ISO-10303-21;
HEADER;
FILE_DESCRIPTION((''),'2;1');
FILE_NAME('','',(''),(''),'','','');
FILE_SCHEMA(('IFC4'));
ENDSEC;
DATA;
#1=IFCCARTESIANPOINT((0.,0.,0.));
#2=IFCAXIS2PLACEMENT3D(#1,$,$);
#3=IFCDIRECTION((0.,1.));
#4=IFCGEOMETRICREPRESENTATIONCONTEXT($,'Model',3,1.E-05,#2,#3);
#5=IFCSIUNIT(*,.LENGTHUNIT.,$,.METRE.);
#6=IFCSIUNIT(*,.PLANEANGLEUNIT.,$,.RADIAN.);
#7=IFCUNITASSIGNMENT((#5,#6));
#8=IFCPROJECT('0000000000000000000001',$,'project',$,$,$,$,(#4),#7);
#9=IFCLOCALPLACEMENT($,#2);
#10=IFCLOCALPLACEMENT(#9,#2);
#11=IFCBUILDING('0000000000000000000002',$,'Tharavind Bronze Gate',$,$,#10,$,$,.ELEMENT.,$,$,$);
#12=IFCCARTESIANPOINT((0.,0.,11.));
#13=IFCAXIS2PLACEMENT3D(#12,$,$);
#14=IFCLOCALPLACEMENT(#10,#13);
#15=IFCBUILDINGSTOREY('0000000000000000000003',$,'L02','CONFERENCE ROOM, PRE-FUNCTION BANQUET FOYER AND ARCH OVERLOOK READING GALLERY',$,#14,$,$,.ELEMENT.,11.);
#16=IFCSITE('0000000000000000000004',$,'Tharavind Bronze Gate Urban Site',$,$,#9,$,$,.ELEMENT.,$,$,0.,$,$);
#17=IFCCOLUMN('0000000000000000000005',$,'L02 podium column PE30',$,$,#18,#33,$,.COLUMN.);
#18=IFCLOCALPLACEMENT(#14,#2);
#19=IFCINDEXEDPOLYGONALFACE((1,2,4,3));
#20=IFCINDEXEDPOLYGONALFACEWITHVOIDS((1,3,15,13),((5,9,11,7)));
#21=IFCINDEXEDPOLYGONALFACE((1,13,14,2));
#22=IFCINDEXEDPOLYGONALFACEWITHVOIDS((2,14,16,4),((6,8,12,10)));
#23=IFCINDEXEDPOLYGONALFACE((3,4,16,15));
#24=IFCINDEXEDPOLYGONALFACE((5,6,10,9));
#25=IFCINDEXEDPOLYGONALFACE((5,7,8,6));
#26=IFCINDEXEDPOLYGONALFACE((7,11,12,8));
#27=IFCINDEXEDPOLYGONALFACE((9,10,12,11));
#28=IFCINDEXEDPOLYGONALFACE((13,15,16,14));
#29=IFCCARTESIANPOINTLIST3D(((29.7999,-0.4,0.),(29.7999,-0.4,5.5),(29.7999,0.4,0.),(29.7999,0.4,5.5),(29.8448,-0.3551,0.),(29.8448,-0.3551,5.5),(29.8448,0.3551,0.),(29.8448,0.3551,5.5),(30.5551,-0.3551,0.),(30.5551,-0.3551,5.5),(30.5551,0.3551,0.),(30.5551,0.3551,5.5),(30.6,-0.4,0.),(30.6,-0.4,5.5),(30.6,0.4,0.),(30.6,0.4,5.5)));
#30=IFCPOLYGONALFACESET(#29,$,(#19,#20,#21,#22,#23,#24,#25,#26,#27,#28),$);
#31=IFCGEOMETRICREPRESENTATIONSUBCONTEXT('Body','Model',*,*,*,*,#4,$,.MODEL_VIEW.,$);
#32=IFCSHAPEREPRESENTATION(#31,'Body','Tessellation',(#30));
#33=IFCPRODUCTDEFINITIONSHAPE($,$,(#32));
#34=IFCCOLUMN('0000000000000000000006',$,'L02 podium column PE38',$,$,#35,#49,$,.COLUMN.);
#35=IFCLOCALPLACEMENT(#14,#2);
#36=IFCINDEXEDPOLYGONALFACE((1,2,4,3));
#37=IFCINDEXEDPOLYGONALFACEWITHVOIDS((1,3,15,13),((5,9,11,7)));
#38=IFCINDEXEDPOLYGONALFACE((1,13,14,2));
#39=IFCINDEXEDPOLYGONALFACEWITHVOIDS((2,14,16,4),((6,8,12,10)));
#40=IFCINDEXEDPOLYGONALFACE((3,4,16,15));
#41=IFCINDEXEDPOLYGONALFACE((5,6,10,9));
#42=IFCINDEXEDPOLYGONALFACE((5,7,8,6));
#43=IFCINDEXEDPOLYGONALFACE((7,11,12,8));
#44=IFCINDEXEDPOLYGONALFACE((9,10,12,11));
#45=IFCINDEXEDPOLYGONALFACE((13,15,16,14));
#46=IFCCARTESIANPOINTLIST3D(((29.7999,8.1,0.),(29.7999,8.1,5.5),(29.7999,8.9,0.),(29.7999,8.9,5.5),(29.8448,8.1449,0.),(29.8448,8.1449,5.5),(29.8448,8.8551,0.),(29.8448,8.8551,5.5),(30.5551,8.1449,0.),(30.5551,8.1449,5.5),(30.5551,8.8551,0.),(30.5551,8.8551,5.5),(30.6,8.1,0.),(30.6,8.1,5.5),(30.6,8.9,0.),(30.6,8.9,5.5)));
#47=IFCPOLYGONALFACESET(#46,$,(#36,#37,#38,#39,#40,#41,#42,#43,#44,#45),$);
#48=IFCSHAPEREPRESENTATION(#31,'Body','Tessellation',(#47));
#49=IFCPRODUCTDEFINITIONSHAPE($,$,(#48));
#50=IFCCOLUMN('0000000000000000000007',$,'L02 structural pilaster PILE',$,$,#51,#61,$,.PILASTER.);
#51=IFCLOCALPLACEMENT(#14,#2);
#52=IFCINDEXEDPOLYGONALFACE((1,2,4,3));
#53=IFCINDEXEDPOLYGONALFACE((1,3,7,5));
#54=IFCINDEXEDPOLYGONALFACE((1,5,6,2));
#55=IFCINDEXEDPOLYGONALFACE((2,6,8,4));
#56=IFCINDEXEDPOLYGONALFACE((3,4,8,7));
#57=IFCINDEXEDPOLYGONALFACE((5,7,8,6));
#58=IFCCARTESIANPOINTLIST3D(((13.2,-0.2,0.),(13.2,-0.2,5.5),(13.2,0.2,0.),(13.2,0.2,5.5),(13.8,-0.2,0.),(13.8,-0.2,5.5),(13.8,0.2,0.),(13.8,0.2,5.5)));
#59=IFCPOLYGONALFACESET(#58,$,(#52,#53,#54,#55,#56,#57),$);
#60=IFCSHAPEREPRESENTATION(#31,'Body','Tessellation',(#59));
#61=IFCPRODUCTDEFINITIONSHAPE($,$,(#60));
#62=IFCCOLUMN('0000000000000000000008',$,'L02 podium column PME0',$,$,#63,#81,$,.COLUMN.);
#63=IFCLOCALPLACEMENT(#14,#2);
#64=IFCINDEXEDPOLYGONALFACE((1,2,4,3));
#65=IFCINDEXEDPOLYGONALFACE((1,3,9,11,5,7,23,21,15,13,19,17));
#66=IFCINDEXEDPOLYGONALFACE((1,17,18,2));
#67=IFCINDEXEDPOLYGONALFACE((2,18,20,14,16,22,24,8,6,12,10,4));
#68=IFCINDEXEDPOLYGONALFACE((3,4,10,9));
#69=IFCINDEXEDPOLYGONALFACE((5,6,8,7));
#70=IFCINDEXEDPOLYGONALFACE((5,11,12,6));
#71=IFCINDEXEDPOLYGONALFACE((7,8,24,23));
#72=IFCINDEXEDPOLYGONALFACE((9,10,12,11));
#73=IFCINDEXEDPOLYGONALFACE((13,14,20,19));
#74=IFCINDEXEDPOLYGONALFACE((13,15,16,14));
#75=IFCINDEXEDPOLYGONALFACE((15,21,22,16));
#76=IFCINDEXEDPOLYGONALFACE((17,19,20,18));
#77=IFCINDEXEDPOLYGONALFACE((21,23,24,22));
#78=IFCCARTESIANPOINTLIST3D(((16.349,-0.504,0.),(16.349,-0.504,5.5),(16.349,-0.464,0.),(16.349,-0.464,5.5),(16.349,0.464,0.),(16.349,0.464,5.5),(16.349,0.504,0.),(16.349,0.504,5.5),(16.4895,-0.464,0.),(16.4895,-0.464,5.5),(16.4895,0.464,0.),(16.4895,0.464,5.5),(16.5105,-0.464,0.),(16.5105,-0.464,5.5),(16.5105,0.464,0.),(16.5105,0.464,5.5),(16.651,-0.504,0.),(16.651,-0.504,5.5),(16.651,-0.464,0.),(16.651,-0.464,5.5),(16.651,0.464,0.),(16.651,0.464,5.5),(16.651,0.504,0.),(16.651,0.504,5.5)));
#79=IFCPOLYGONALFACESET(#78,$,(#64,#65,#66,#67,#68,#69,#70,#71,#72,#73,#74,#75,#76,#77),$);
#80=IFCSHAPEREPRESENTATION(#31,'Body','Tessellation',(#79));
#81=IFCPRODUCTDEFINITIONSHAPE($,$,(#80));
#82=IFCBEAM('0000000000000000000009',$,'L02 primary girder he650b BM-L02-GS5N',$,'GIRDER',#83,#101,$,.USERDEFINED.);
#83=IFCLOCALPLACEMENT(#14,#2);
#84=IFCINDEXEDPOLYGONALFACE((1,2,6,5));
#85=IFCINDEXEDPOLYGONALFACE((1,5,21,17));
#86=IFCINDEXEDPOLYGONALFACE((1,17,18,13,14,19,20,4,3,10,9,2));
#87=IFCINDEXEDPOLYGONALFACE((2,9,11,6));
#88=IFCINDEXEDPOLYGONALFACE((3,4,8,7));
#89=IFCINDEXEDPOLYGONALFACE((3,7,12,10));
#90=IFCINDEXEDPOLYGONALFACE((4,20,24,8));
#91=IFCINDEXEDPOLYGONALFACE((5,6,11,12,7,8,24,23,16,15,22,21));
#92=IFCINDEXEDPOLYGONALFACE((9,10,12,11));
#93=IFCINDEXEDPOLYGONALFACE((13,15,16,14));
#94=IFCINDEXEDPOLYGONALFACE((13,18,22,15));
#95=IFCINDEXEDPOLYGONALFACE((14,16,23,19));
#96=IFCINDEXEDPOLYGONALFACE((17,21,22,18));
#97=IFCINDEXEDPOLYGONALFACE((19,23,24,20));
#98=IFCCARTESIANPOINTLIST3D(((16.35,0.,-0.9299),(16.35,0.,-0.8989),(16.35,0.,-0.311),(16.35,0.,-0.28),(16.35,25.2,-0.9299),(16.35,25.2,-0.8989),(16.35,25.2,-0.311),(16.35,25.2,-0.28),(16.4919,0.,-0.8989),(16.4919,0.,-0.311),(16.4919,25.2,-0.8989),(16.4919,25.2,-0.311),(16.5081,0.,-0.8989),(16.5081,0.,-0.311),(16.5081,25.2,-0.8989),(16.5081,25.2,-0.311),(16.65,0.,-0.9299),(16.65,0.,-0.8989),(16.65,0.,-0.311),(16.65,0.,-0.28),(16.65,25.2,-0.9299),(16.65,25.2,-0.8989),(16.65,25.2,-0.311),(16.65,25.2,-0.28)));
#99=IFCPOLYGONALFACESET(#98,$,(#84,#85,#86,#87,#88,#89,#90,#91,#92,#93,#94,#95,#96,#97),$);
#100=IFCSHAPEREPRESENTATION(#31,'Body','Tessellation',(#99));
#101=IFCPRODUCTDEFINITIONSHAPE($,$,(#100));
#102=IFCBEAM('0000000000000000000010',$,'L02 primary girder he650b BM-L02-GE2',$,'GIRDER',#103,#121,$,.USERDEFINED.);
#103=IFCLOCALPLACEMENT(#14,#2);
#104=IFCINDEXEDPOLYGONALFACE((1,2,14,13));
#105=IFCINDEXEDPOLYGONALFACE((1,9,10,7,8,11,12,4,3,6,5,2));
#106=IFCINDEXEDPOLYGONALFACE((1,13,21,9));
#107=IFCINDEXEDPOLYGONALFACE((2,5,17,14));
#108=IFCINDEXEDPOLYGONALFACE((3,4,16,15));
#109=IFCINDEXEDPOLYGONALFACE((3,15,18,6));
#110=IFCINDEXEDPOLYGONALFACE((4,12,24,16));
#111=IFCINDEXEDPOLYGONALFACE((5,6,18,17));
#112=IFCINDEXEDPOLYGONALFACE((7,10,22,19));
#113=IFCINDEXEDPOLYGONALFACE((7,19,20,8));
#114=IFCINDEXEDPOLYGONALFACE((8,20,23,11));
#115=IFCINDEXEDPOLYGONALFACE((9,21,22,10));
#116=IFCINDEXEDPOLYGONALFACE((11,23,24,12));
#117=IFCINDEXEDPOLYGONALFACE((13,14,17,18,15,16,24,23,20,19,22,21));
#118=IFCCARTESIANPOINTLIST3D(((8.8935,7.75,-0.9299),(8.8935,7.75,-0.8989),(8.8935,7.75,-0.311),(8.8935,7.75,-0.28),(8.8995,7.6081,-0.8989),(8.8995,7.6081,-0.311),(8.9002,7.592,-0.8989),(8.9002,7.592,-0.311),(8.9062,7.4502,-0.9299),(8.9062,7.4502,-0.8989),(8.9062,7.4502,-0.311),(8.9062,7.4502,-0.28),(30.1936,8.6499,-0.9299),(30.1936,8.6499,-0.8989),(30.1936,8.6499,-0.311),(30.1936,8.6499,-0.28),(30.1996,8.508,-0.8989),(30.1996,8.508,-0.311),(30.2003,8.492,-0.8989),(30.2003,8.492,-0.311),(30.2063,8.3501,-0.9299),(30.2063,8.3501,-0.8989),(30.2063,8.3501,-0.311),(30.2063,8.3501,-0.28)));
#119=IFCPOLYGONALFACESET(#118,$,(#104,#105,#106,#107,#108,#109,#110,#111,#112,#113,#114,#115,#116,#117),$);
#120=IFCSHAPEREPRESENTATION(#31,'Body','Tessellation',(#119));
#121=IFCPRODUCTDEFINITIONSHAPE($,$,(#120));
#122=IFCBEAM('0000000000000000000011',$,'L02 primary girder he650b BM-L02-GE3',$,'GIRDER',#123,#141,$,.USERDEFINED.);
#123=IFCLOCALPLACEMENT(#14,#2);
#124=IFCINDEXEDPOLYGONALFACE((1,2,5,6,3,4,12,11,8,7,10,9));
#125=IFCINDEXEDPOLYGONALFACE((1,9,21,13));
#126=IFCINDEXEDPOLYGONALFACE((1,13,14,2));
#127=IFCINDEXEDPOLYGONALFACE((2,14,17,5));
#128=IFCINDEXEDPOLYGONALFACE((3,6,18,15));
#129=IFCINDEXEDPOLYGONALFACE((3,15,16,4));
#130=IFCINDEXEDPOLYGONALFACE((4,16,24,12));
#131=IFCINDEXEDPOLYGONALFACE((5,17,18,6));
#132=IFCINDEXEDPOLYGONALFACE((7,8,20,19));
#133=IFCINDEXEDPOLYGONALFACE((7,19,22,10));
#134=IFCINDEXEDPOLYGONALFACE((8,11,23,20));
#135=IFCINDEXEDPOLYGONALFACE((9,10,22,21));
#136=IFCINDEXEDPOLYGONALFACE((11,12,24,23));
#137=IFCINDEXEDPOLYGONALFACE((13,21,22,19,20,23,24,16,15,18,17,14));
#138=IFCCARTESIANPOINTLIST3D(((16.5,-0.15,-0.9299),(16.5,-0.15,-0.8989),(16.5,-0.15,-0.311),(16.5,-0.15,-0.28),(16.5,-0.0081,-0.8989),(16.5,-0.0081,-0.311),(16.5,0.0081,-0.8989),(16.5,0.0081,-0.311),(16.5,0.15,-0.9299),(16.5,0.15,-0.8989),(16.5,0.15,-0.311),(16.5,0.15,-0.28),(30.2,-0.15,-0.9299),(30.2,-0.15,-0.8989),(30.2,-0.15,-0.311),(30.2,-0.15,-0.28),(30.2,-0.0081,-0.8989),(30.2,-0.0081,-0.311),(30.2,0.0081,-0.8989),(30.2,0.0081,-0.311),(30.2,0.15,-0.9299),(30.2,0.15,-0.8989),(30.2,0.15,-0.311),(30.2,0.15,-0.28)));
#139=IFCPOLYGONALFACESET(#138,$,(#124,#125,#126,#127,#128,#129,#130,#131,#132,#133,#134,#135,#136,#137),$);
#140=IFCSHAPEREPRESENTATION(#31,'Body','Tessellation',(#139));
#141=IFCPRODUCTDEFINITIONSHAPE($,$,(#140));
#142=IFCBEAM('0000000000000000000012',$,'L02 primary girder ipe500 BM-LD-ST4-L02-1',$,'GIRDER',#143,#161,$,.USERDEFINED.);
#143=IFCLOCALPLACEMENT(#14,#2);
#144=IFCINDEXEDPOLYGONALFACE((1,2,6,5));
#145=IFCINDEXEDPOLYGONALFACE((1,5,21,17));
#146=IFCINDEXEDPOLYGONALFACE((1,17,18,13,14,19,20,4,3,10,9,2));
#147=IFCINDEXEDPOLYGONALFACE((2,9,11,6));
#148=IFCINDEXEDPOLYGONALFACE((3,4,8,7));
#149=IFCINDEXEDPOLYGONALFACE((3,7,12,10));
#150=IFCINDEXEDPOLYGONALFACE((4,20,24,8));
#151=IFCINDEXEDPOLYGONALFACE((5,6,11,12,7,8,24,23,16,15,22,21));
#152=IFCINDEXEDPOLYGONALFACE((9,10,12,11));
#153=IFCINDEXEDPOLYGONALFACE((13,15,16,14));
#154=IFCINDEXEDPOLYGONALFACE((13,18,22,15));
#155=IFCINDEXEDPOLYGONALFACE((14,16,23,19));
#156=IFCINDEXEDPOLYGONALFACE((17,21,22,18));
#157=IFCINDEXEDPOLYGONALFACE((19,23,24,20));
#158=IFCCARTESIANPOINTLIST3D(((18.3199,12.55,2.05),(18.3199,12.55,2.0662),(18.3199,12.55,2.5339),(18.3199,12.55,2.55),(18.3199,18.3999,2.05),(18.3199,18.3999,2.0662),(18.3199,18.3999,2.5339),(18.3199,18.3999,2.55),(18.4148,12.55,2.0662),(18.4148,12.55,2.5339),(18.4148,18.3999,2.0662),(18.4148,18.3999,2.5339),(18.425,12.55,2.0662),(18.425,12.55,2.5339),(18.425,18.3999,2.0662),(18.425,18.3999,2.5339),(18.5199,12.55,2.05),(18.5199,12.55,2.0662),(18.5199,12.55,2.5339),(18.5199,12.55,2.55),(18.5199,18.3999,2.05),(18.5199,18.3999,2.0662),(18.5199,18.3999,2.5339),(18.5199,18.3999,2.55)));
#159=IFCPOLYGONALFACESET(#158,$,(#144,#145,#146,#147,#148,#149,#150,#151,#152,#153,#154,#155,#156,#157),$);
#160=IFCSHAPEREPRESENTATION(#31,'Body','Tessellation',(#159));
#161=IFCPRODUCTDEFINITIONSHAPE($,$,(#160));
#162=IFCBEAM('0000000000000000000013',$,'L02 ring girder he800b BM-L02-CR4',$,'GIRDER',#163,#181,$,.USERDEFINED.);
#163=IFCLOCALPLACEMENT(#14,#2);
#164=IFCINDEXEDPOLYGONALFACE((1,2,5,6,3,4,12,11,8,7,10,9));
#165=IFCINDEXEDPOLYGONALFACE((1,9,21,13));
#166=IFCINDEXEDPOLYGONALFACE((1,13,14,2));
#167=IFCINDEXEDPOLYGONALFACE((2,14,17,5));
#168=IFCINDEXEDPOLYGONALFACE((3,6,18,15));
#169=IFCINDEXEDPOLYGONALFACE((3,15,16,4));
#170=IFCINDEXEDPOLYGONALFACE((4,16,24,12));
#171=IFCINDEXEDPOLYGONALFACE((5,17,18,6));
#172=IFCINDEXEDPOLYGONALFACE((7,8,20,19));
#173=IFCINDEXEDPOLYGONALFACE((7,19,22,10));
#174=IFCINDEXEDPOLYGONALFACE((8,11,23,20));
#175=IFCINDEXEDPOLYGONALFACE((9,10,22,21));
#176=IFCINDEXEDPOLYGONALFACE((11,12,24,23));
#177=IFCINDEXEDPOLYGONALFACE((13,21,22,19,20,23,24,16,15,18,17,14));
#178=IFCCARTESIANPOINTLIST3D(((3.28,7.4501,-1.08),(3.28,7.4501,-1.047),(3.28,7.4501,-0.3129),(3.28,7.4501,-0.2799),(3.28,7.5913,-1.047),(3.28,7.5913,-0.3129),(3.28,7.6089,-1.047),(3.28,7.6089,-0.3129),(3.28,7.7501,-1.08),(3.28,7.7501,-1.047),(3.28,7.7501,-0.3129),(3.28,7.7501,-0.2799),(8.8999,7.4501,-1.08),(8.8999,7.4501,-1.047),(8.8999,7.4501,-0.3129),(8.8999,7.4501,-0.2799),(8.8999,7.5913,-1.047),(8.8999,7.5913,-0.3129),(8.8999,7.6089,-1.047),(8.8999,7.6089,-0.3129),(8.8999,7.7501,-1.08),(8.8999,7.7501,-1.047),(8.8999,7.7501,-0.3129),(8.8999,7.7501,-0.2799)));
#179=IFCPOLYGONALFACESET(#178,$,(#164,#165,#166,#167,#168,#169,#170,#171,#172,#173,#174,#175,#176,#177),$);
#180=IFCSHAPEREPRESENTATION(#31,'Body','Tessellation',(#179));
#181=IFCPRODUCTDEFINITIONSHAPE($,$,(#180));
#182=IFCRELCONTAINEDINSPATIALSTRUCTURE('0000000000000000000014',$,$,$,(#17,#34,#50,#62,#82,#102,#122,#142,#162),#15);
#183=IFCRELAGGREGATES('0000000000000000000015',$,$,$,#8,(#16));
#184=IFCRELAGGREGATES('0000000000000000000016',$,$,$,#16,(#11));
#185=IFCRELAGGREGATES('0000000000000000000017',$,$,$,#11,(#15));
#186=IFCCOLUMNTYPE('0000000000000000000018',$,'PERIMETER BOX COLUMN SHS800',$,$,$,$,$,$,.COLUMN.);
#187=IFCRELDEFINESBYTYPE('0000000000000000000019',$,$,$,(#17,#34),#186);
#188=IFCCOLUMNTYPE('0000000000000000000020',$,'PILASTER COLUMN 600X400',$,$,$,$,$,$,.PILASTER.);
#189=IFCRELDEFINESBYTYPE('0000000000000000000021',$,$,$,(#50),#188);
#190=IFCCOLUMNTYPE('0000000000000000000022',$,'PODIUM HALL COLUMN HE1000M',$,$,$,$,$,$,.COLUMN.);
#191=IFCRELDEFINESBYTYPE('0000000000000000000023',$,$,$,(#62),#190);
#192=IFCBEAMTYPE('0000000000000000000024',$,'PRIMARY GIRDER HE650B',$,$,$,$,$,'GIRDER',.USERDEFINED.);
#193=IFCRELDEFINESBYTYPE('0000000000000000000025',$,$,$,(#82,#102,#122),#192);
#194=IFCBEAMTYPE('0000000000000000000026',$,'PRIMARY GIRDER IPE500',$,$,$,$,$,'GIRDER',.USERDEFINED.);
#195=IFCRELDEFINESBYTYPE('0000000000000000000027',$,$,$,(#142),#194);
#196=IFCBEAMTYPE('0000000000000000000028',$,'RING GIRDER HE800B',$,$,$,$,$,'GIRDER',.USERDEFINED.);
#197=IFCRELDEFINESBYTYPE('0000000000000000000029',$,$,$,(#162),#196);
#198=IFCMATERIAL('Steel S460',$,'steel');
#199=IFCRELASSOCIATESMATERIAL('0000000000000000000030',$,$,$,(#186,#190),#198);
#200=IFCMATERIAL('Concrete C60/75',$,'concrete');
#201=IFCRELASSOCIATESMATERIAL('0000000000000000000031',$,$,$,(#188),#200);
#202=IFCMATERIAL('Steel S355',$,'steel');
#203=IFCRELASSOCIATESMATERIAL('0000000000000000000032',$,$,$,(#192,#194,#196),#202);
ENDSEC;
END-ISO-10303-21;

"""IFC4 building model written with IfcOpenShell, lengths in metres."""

from ifc_helpers import new_model, si_unit, direction, frame, origin, origin_2d, place, context, subcontext, project, spatial, rectangle, hollow_rectangle, i_section, extrude, material, material_profile, profile_set, type_object, element, save


model = new_model("IFC4")

# Units and contexts
model_context = context("Model", 3, precision=1e-05, world=origin(), true_north=direction((0.0, 1.0)))
body_context = subcontext(model_context, "Body", "Model", "MODEL_VIEW")
ifc_project = project(units=[si_unit("LENGTHUNIT", "METRE"), si_unit("PLANEANGLEUNIT", "RADIAN")], contexts=[model_context])

# Site, building, storey
site_placement = place(None, origin())
site = spatial("IfcSite", under=ifc_project, at=site_placement, Name="Tharavind Bronze Gate Urban Site", CompositionType="ELEMENT", RefElevation=0.0)
building_placement = place(site_placement, origin())
building = spatial("IfcBuilding", under=site, at=building_placement, Name="Tharavind Bronze Gate", CompositionType="ELEMENT")
storey_placement = place(building_placement, frame((0.0, 0.0, 11.0)))
storey = spatial("IfcBuildingStorey", under=building, at=storey_placement, Name="L02", Description="CONFERENCE ROOM, PRE-FUNCTION BANQUET FOYER AND ARCH OVERLOOK READING GALLERY", CompositionType="ELEMENT", Elevation=11.0)

# Columns
ifc_material_1 = material(Name="Steel S460", Category="steel")
ifc_material_profile_1 = material_profile(ifc_material_1, hollow_rectangle(XDim=0.8, YDim=0.8, WallThickness=0.0449, at=origin_2d()), Name="SHS800X45")
ifc_profile_set_1 = profile_set([ifc_material_profile_1], Name="Steel S460")
column_type_1 = type_object("IfcColumnType", Name="PERIMETER BOX COLUMN SHS800", PredefinedType="COLUMN", material=ifc_profile_set_1)
for number, where, z_axis, x_axis, name in (
    (1, (30.2, 0.0, 0.0), (0.0, 0.0, 1.0), (1.0, 0.0, 0.0), "L02 podium column PE30"),
    (2, (30.2, 8.5, 0.0), (0.0, 0.0, 1.0), (1.0, 0.0, 0.0), "L02 podium column PE38"),
):
    element("IfcColumn", number, at=place(storey_placement, frame(where, z_axis=z_axis, x_axis=x_axis)), inside=storey, type_object=column_type_1, Name=name, PredefinedType="COLUMN", context=body_context, shape_type="SweptSolid", body=[
        extrude(hollow_rectangle(XDim=0.8, YDim=0.8, WallThickness=0.0449, at=origin_2d()), origin(), (0.0, 0.0, 1.0), 5.5),
    ])
ifc_material_2 = material(Name="Concrete C60/75", Category="concrete")
ifc_material_profile_2 = material_profile(ifc_material_2, rectangle(XDim=0.6001, YDim=0.3999, at=origin_2d()), Name="RCPIL600X400")
ifc_profile_set_2 = profile_set([ifc_material_profile_2], Name="Concrete C60/75")
column_type_2 = type_object("IfcColumnType", Name="PILASTER COLUMN 600X400", PredefinedType="PILASTER", material=ifc_profile_set_2)
column_1_placement = place(storey_placement, frame((13.5, 0.0, 0.0), z_axis=(0.0, 0.0, 1.0), x_axis=(1.0, 0.0, 0.0)))
element("IfcColumn", 3, at=column_1_placement, inside=storey, type_object=column_type_2, Name="L02 structural pilaster PILE", PredefinedType="PILASTER", context=body_context, shape_type="SweptSolid", body=[
    extrude(rectangle(XDim=0.6001, YDim=0.3999, at=origin_2d()), origin(), (0.0, 0.0, 1.0), 5.5),
])
ifc_material_profile_3 = material_profile(ifc_material_1, i_section(OverallWidth=0.302, OverallDepth=1.0081, WebThickness=0.021, FlangeThickness=0.04, at=origin_2d()), Name="HE1000M")
ifc_profile_set_3 = profile_set([ifc_material_profile_3], Name="Steel S460")
column_type_3 = type_object("IfcColumnType", Name="PODIUM HALL COLUMN HE1000M", PredefinedType="COLUMN", material=ifc_profile_set_3)
column_2_placement = place(storey_placement, frame((16.5, 0.0, 0.0), z_axis=(0.0, 0.0, 1.0), x_axis=(1.0, 0.0, 0.0)))
element("IfcColumn", 4, at=column_2_placement, inside=storey, type_object=column_type_3, Name="L02 podium column PME0", PredefinedType="COLUMN", context=body_context, shape_type="SweptSolid", body=[
    extrude(i_section(OverallWidth=0.302, OverallDepth=1.0081, WebThickness=0.021, FlangeThickness=0.04, at=origin_2d()), origin(), (0.0, 0.0, 1.0), 5.5),
])

# Beams
ifc_material_3 = material(Name="Steel S355", Category="steel")
ifc_material_profile_4 = material_profile(ifc_material_3, i_section(OverallWidth=0.3, OverallDepth=0.6499, WebThickness=0.0161, FlangeThickness=0.031, at=origin_2d()), Name="HE650B")
ifc_profile_set_4 = profile_set([ifc_material_profile_4], Name="Steel S355")
beam_type_1 = type_object("IfcBeamType", Name="PRIMARY GIRDER HE650B", ElementType="GIRDER", PredefinedType="USERDEFINED", material=ifc_profile_set_4)
beam_1_placement = place(storey_placement, frame((16.5, 0.0, -0.605), z_axis=(0.0, 1.0, 0.0), x_axis=(-1.0, 0.0, 0.0)))
element("IfcBeam", 5, at=beam_1_placement, inside=storey, type_object=beam_type_1, Name="L02 primary girder he650b BM-L02-GS5N", ObjectType="GIRDER", PredefinedType="USERDEFINED", context=body_context, shape_type="SweptSolid", body=[
    extrude(i_section(OverallWidth=0.3, OverallDepth=0.6499, WebThickness=0.0161, FlangeThickness=0.031, at=origin_2d()), origin(), (0.0, 0.0, 1.0), 25.2),
])
beam_2_placement = place(storey_placement, frame((30.2, 8.5, -0.605), z_axis=(-0.999109, -0.042211, 0.0), x_axis=(0.042211, -0.999109, 0.0)))
element("IfcBeam", 6, at=beam_2_placement, inside=storey, type_object=beam_type_1, Name="L02 primary girder he650b BM-L02-GE2", ObjectType="GIRDER", PredefinedType="USERDEFINED", context=body_context, shape_type="SweptSolid", body=[
    extrude(i_section(OverallWidth=0.3, OverallDepth=0.6499, WebThickness=0.0161, FlangeThickness=0.031, at=origin_2d()), origin(), (0.0, 0.0, 1.0), 21.3191),
])
beam_3_placement = place(storey_placement, frame((30.2, 0.0, -0.605), z_axis=(-1.0, 0.0, 0.0), x_axis=(0.0, -1.0, 0.0)))
element("IfcBeam", 7, at=beam_3_placement, inside=storey, type_object=beam_type_1, Name="L02 primary girder he650b BM-L02-GE3", ObjectType="GIRDER", PredefinedType="USERDEFINED", context=body_context, shape_type="SweptSolid", body=[
    extrude(i_section(OverallWidth=0.3, OverallDepth=0.6499, WebThickness=0.0161, FlangeThickness=0.031, at=origin_2d()), origin(), (0.0, 0.0, 1.0), 13.7),
])
ifc_material_profile_5 = material_profile(ifc_material_3, i_section(OverallWidth=0.2, OverallDepth=0.5, WebThickness=0.0103, FlangeThickness=0.0161, at=origin_2d()), Name="IPE500")
ifc_profile_set_5 = profile_set([ifc_material_profile_5], Name="Steel S355")
beam_type_2 = type_object("IfcBeamType", Name="PRIMARY GIRDER IPE500", ElementType="GIRDER", PredefinedType="USERDEFINED", material=ifc_profile_set_5)
beam_4_placement = place(storey_placement, frame((18.4199, 12.55, 2.3), z_axis=(0.0, 1.0, 0.0), x_axis=(-1.0, 0.0, 0.0)))
element("IfcBeam", 8, at=beam_4_placement, inside=storey, type_object=beam_type_2, Name="L02 primary girder ipe500 BM-LD-ST4-L02-1", ObjectType="GIRDER", PredefinedType="USERDEFINED", context=body_context, shape_type="SweptSolid", body=[
    extrude(i_section(OverallWidth=0.2, OverallDepth=0.5, WebThickness=0.0103, FlangeThickness=0.0161, at=origin_2d()), origin(), (0.0, 0.0, 1.0), 5.8499),
])
ifc_material_profile_6 = material_profile(ifc_material_3, i_section(OverallWidth=0.3, OverallDepth=0.8, WebThickness=0.0176, FlangeThickness=0.033, at=origin_2d()), Name="HE800B")
ifc_profile_set_6 = profile_set([ifc_material_profile_6], Name="Steel S355")
beam_type_3 = type_object("IfcBeamType", Name="RING GIRDER HE800B", ElementType="GIRDER", PredefinedType="USERDEFINED", material=ifc_profile_set_6)
beam_5_placement = place(storey_placement, frame((8.8999, 7.6001, -0.6799), z_axis=(-1.0, 0.0, 0.0), x_axis=(0.0, -1.0, 0.0)))
element("IfcBeam", 9, at=beam_5_placement, inside=storey, type_object=beam_type_3, Name="L02 ring girder he800b BM-L02-CR4", ObjectType="GIRDER", PredefinedType="USERDEFINED", context=body_context, shape_type="SweptSolid", body=[
    extrude(i_section(OverallWidth=0.3, OverallDepth=0.8, WebThickness=0.0176, FlangeThickness=0.033, at=origin_2d()), origin(), (0.0, 0.0, 1.0), 5.6199),
])

save(model, "model.ifc")
